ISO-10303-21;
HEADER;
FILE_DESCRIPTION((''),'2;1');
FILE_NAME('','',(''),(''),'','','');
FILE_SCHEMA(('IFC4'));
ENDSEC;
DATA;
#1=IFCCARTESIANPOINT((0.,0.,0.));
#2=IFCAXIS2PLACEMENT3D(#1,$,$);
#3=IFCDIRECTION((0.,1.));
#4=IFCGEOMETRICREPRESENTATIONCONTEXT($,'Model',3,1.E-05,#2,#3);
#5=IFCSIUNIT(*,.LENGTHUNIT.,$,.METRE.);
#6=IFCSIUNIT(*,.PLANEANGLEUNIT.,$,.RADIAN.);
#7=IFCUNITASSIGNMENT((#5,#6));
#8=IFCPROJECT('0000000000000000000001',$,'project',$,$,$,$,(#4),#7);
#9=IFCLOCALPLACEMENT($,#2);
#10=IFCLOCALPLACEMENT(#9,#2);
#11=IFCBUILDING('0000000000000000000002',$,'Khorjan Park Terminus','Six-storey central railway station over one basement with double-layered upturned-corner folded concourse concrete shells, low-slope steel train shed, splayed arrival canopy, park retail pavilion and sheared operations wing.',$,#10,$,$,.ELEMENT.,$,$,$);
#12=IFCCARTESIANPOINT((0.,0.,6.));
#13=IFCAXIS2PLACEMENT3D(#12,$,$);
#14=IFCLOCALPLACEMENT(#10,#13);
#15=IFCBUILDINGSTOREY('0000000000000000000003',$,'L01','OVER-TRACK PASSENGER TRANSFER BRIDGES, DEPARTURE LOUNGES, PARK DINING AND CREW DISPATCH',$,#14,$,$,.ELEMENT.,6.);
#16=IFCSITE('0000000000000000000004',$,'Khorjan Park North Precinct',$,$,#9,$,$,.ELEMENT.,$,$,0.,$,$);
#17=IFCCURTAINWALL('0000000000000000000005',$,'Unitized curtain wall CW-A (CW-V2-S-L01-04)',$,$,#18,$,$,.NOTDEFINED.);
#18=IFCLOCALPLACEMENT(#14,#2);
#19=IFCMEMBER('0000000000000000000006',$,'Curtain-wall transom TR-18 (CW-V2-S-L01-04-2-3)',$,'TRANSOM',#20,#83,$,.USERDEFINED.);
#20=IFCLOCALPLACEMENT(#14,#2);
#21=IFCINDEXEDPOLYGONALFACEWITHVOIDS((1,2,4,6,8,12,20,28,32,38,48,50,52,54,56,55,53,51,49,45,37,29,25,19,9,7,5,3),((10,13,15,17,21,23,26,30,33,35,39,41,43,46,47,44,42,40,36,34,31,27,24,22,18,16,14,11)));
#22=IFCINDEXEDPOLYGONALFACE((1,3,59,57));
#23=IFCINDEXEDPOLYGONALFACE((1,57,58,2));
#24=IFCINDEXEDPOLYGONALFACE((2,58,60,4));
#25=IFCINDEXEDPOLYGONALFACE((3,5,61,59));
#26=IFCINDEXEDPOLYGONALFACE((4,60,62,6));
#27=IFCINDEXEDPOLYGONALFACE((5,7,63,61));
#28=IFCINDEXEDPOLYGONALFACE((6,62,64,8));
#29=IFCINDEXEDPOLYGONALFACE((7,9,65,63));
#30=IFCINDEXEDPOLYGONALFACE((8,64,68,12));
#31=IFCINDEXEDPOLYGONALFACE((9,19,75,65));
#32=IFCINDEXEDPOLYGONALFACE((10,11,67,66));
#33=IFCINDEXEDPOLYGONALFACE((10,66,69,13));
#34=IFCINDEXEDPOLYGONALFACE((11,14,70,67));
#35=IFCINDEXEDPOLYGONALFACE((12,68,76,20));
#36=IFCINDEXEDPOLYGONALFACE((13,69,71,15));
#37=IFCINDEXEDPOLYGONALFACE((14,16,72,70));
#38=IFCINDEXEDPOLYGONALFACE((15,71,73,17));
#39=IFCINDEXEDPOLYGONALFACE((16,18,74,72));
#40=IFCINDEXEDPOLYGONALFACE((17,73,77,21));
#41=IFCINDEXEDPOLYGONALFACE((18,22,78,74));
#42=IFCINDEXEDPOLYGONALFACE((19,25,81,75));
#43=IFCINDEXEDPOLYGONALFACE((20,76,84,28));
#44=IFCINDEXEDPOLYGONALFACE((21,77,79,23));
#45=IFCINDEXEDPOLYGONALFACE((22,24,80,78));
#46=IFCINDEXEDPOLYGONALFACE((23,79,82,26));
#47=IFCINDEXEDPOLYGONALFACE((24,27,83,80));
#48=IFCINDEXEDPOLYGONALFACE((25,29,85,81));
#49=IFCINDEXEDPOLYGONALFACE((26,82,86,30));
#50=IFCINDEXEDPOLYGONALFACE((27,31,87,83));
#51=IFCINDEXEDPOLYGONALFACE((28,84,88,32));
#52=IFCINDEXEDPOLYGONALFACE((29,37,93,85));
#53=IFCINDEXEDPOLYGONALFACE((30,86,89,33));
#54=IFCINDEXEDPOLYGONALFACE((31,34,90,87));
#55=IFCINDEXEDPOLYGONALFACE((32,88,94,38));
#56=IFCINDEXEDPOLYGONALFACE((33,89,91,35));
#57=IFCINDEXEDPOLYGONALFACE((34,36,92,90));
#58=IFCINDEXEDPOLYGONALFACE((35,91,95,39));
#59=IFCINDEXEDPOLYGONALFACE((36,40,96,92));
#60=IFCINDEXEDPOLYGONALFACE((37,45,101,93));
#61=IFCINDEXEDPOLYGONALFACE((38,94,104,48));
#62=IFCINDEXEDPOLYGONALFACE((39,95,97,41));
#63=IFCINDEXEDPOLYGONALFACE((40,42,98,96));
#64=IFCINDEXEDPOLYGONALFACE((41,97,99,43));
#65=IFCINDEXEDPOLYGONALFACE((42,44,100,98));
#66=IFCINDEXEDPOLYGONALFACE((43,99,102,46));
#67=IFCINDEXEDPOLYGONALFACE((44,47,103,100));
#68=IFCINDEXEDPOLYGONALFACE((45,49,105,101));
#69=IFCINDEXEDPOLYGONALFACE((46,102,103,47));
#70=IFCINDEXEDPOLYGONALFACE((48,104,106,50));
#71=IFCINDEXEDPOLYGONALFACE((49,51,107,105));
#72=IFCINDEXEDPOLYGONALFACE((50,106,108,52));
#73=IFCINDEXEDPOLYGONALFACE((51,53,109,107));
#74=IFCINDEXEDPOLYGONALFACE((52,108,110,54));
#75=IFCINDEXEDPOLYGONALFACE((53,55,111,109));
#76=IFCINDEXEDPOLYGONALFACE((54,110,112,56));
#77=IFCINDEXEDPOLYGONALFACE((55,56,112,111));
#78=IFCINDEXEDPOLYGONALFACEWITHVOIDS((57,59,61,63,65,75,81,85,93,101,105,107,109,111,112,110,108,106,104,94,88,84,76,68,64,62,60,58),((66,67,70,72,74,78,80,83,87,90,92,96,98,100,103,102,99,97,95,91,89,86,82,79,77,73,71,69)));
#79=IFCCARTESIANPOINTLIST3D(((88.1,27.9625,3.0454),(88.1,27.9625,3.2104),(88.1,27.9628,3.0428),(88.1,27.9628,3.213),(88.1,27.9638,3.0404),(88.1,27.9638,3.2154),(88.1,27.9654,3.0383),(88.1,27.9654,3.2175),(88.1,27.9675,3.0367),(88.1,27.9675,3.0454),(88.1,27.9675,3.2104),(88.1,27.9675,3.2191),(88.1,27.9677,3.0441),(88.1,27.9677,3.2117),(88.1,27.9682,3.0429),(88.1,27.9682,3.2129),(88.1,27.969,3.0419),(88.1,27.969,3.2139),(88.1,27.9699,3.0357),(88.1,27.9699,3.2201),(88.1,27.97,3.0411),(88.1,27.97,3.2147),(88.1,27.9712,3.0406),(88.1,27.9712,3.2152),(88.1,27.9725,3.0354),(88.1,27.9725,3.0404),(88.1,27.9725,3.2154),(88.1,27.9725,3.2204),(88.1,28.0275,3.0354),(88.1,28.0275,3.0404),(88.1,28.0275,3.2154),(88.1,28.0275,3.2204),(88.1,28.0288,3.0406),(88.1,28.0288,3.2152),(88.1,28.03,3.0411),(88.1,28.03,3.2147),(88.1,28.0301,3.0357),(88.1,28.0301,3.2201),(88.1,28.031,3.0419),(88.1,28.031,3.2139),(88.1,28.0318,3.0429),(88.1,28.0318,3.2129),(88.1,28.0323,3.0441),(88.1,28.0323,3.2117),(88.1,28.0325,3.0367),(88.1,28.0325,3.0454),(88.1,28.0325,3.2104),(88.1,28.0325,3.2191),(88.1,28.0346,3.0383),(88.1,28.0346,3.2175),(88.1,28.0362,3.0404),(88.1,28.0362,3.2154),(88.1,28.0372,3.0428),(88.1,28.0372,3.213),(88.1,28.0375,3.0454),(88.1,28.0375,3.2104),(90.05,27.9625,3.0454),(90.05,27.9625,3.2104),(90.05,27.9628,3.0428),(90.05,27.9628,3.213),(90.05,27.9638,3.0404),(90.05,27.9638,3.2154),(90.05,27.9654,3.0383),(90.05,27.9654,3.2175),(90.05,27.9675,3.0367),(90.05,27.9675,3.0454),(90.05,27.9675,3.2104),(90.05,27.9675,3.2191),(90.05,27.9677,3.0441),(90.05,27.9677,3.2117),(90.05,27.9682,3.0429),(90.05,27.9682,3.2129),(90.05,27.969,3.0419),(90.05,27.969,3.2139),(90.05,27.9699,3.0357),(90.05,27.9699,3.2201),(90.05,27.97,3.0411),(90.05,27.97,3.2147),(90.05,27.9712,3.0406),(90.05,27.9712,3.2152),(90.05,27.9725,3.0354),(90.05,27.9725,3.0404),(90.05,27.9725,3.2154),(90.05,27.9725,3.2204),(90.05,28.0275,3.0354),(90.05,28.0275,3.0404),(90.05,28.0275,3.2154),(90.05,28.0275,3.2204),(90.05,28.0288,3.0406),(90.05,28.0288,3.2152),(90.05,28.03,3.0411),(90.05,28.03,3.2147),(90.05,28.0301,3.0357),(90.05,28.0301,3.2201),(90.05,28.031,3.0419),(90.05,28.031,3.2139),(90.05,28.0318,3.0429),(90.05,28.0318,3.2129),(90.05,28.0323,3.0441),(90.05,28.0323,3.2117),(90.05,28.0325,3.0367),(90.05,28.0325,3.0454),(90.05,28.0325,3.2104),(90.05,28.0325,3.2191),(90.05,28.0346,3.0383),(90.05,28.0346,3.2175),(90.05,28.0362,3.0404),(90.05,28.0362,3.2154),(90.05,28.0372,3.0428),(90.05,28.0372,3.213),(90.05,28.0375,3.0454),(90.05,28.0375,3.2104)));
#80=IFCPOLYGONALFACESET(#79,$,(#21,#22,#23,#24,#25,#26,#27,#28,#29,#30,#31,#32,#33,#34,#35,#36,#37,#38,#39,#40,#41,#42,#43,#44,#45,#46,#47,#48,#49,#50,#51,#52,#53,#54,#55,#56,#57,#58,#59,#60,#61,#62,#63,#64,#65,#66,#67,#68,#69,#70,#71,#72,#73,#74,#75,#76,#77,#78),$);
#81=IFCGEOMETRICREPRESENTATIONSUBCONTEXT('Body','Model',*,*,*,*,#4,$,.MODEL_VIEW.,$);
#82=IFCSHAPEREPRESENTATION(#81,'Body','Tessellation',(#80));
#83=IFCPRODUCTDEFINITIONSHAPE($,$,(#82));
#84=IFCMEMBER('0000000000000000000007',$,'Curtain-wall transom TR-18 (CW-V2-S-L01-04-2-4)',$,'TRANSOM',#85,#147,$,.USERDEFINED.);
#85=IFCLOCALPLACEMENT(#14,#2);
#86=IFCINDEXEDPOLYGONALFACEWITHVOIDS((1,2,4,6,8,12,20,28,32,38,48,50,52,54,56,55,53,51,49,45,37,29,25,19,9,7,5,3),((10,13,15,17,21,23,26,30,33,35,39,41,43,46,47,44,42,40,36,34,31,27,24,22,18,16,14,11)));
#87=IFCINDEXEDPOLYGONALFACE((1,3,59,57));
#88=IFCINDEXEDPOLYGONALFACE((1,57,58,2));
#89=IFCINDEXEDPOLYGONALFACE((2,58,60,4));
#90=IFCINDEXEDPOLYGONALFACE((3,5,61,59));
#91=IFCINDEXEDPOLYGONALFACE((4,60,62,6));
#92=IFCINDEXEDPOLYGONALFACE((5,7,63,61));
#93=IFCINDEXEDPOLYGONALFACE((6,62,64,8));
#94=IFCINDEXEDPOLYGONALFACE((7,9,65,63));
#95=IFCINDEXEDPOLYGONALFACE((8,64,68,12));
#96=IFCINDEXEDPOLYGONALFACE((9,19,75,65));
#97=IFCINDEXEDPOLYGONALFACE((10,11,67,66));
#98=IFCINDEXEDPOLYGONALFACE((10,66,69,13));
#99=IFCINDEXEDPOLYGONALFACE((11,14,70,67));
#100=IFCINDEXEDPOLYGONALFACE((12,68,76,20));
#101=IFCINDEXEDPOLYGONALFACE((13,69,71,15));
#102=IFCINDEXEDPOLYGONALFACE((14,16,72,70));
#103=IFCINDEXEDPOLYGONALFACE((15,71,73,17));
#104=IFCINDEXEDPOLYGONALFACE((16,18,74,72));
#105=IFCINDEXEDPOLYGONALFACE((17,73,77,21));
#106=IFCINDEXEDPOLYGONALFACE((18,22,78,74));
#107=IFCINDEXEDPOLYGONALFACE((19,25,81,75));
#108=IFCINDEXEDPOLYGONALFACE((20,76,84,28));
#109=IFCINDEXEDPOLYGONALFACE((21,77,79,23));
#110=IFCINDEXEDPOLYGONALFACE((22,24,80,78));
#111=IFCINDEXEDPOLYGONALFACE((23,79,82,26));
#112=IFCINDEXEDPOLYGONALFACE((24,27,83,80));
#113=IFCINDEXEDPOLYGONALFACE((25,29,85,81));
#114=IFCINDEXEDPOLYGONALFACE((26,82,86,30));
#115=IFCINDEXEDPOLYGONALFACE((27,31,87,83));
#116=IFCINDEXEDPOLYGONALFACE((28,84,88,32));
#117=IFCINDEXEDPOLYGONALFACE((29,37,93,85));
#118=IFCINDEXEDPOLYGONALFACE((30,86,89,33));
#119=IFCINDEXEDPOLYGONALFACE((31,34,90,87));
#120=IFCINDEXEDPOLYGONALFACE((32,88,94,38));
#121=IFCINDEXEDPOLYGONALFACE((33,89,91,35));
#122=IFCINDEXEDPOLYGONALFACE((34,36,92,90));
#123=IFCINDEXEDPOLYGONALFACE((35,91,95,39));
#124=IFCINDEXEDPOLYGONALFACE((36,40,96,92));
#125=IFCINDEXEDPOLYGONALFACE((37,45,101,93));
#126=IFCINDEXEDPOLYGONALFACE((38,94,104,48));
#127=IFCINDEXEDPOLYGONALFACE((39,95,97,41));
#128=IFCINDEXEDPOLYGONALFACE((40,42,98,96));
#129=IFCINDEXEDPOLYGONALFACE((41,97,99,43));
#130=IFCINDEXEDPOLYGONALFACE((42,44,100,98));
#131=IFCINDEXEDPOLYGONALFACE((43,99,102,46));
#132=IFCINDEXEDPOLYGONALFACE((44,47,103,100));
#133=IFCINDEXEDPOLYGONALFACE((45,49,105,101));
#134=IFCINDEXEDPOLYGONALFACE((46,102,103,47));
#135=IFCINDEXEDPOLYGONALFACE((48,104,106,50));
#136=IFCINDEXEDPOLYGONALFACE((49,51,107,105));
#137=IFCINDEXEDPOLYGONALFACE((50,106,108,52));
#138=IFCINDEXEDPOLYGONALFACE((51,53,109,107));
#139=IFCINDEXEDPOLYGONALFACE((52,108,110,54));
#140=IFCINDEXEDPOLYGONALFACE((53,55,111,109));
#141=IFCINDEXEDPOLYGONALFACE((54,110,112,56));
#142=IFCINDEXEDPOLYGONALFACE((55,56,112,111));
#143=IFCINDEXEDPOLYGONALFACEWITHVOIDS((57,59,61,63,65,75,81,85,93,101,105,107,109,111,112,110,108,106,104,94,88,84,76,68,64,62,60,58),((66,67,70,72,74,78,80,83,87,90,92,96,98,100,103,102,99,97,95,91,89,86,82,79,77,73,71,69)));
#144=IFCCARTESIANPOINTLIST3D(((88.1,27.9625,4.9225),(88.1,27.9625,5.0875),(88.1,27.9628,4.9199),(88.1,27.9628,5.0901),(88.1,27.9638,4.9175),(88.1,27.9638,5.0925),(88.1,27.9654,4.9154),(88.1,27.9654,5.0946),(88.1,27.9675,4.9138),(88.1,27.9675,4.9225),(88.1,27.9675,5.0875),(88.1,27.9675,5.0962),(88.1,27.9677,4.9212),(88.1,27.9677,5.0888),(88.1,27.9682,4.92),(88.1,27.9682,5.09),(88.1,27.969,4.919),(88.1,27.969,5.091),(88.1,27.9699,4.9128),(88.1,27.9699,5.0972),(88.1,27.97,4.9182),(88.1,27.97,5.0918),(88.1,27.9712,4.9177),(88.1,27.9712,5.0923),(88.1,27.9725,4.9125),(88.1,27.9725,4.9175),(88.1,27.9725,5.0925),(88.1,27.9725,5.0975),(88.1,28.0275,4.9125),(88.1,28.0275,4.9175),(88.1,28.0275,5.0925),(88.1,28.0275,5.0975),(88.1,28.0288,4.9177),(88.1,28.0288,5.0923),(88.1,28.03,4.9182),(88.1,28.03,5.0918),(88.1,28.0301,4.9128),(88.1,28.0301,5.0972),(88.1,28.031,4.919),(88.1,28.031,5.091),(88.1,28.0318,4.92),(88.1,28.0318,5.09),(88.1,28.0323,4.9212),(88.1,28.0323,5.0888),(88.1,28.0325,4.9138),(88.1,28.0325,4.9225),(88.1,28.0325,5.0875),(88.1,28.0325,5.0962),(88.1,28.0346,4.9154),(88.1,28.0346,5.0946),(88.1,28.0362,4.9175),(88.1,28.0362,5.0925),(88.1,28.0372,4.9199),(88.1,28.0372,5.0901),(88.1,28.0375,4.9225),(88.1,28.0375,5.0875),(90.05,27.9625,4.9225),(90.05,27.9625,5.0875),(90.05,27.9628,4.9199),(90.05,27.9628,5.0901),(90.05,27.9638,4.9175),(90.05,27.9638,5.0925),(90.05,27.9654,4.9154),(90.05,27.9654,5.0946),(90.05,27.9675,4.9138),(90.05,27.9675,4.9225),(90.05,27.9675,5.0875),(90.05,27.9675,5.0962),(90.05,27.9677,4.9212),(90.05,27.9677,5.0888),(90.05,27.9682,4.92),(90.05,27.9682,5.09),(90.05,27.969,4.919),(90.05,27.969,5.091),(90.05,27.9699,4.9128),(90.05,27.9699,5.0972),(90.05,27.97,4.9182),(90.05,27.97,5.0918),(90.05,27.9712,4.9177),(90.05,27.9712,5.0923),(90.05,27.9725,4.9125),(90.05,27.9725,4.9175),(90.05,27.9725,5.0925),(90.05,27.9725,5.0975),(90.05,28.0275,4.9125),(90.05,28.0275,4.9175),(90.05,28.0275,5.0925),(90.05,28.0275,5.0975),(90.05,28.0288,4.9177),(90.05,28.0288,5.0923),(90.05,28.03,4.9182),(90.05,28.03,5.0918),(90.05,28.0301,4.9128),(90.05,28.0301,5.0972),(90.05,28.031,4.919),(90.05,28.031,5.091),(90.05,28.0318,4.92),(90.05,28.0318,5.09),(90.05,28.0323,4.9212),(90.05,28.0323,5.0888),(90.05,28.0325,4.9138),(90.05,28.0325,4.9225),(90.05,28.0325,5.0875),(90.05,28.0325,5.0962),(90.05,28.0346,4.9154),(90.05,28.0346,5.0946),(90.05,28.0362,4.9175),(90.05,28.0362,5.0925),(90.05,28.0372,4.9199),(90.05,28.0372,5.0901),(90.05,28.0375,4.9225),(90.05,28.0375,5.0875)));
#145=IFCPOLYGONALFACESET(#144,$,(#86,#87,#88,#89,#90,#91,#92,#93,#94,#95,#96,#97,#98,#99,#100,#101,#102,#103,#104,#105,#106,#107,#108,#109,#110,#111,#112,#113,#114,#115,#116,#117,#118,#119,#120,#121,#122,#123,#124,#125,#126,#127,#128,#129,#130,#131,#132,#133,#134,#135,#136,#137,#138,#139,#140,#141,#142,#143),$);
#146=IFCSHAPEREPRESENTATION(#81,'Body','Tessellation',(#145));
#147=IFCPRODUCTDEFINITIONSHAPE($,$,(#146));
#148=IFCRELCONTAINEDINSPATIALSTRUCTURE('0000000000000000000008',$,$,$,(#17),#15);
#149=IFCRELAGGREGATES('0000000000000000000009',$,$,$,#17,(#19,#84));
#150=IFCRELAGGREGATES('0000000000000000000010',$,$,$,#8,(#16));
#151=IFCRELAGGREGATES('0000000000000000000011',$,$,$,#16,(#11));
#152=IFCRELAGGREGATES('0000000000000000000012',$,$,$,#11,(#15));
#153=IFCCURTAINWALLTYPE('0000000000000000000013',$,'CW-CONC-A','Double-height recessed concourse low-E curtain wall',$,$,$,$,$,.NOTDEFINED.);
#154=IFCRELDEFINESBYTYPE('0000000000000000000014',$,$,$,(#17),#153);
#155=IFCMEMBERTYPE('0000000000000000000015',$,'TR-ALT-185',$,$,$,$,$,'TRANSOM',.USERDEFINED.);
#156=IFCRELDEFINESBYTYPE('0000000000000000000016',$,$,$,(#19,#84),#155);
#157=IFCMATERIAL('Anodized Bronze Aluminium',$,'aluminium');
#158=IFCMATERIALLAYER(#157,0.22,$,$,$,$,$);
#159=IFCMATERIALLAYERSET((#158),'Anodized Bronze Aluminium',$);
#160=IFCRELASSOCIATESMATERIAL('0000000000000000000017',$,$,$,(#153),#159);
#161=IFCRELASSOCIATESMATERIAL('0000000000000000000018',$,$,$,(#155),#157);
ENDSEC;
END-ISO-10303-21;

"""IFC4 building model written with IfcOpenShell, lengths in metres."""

from ifc_helpers import new_model, si_unit, direction, frame, origin, origin_2d, place, context, subcontext, project, spatial, hollow_rectangle, extrude, material, layer, layer_set, material_profile, profile_set, type_object, element, aggregate, save


model = new_model("IFC4")

# Units and contexts
model_context = context("Model", 3, precision=1e-05, world=origin(), true_north=direction((0.0, 1.0)))
body_context = subcontext(model_context, "Body", "Model", "MODEL_VIEW")
ifc_project = project(units=[si_unit("LENGTHUNIT", "METRE"), si_unit("PLANEANGLEUNIT", "RADIAN")], contexts=[model_context])

# Site, building, storey
site_placement = place(None, origin())
site = spatial("IfcSite", under=ifc_project, at=site_placement, Name="Khorjan Park North Precinct", CompositionType="ELEMENT", RefElevation=0.0)
building_placement = place(site_placement, origin())
building = spatial("IfcBuilding", under=site, at=building_placement, Name="Khorjan Park Terminus", Description="Six-storey central railway station over one basement with double-layered upturned-corner folded concourse concrete shells, low-slope steel train shed, splayed arrival canopy, park retail pavilion and sheared operations wing.", CompositionType="ELEMENT")
storey_placement = place(building_placement, frame((0.0, 0.0, 6.0)))
storey = spatial("IfcBuildingStorey", under=building, at=storey_placement, Name="L01", Description="OVER-TRACK PASSENGER TRANSFER BRIDGES, DEPARTURE LOUNGES, PARK DINING AND CREW DISPATCH", CompositionType="ELEMENT", Elevation=6.0)

# Shared definitions
ifc_material_1 = material(Name="Anodized Bronze Aluminium", Category="aluminium")
ifc_layer_1 = layer(ifc_material_1, 0.22)
ifc_layer_set_1 = layer_set([ifc_layer_1], Name="Anodized Bronze Aluminium")
curtain_wall_type = type_object("IfcCurtainWallType", Name="CW-CONC-A", Description="Double-height recessed concourse low-E curtain wall", PredefinedType="NOTDEFINED", material=ifc_layer_set_1)

# Curtain wall
curtain_wall_1_placement = place(storey_placement, origin())
curtain_wall_1 = element("IfcCurtainWall", 1, at=curtain_wall_1_placement, inside=storey, type_object=curtain_wall_type, Name="Unitized curtain wall CW-A (CW-V2-S-L01-04)", PredefinedType="NOTDEFINED")

# Members
ifc_material_profile_1 = material_profile(ifc_material_1, hollow_rectangle(XDim=0.075, YDim=0.185, WallThickness=0.005, InnerFilletRadius=0.005, OuterFilletRadius=0.01, at=origin_2d()), Name="ALT 75x185x5")
ifc_profile_set_1 = profile_set([ifc_material_profile_1], Name="Anodized Bronze Aluminium")
member_type_1 = type_object("IfcMemberType", Name="TR-ALT-185", ElementType="TRANSOM", PredefinedType="USERDEFINED", material=ifc_profile_set_1)
member_1_placement = place(storey_placement, frame((88.1, 28.0, 3.1279), z_axis=(1.0, 0.0, 0.0), x_axis=(0.0, 1.0, 0.0)))
member_1 = element("IfcMember", 2, at=member_1_placement, type_object=member_type_1, Name="Curtain-wall transom TR-18 (CW-V2-S-L01-04-2-3)", ObjectType="TRANSOM", PredefinedType="USERDEFINED", context=body_context, shape_type="SweptSolid", body=[
    extrude(hollow_rectangle(XDim=0.075, YDim=0.185, WallThickness=0.005, InnerFilletRadius=0.005, OuterFilletRadius=0.01, at=origin_2d()), origin(), (0.0, 0.0, 1.0), 1.95),
])
member_2_placement = place(storey_placement, frame((88.1, 28.0, 5.005), z_axis=(1.0, 0.0, 0.0), x_axis=(0.0, 1.0, 0.0)))
member_2 = element("IfcMember", 3, at=member_2_placement, type_object=member_type_1, Name="Curtain-wall transom TR-18 (CW-V2-S-L01-04-2-4)", ObjectType="TRANSOM", PredefinedType="USERDEFINED", context=body_context, shape_type="SweptSolid", body=[
    extrude(hollow_rectangle(XDim=0.075, YDim=0.185, WallThickness=0.005, InnerFilletRadius=0.005, OuterFilletRadius=0.01, at=origin_2d()), origin(), (0.0, 0.0, 1.0), 1.95),
])

aggregate(curtain_wall_1, [member_1, member_2])

save(model, "model.ifc")
